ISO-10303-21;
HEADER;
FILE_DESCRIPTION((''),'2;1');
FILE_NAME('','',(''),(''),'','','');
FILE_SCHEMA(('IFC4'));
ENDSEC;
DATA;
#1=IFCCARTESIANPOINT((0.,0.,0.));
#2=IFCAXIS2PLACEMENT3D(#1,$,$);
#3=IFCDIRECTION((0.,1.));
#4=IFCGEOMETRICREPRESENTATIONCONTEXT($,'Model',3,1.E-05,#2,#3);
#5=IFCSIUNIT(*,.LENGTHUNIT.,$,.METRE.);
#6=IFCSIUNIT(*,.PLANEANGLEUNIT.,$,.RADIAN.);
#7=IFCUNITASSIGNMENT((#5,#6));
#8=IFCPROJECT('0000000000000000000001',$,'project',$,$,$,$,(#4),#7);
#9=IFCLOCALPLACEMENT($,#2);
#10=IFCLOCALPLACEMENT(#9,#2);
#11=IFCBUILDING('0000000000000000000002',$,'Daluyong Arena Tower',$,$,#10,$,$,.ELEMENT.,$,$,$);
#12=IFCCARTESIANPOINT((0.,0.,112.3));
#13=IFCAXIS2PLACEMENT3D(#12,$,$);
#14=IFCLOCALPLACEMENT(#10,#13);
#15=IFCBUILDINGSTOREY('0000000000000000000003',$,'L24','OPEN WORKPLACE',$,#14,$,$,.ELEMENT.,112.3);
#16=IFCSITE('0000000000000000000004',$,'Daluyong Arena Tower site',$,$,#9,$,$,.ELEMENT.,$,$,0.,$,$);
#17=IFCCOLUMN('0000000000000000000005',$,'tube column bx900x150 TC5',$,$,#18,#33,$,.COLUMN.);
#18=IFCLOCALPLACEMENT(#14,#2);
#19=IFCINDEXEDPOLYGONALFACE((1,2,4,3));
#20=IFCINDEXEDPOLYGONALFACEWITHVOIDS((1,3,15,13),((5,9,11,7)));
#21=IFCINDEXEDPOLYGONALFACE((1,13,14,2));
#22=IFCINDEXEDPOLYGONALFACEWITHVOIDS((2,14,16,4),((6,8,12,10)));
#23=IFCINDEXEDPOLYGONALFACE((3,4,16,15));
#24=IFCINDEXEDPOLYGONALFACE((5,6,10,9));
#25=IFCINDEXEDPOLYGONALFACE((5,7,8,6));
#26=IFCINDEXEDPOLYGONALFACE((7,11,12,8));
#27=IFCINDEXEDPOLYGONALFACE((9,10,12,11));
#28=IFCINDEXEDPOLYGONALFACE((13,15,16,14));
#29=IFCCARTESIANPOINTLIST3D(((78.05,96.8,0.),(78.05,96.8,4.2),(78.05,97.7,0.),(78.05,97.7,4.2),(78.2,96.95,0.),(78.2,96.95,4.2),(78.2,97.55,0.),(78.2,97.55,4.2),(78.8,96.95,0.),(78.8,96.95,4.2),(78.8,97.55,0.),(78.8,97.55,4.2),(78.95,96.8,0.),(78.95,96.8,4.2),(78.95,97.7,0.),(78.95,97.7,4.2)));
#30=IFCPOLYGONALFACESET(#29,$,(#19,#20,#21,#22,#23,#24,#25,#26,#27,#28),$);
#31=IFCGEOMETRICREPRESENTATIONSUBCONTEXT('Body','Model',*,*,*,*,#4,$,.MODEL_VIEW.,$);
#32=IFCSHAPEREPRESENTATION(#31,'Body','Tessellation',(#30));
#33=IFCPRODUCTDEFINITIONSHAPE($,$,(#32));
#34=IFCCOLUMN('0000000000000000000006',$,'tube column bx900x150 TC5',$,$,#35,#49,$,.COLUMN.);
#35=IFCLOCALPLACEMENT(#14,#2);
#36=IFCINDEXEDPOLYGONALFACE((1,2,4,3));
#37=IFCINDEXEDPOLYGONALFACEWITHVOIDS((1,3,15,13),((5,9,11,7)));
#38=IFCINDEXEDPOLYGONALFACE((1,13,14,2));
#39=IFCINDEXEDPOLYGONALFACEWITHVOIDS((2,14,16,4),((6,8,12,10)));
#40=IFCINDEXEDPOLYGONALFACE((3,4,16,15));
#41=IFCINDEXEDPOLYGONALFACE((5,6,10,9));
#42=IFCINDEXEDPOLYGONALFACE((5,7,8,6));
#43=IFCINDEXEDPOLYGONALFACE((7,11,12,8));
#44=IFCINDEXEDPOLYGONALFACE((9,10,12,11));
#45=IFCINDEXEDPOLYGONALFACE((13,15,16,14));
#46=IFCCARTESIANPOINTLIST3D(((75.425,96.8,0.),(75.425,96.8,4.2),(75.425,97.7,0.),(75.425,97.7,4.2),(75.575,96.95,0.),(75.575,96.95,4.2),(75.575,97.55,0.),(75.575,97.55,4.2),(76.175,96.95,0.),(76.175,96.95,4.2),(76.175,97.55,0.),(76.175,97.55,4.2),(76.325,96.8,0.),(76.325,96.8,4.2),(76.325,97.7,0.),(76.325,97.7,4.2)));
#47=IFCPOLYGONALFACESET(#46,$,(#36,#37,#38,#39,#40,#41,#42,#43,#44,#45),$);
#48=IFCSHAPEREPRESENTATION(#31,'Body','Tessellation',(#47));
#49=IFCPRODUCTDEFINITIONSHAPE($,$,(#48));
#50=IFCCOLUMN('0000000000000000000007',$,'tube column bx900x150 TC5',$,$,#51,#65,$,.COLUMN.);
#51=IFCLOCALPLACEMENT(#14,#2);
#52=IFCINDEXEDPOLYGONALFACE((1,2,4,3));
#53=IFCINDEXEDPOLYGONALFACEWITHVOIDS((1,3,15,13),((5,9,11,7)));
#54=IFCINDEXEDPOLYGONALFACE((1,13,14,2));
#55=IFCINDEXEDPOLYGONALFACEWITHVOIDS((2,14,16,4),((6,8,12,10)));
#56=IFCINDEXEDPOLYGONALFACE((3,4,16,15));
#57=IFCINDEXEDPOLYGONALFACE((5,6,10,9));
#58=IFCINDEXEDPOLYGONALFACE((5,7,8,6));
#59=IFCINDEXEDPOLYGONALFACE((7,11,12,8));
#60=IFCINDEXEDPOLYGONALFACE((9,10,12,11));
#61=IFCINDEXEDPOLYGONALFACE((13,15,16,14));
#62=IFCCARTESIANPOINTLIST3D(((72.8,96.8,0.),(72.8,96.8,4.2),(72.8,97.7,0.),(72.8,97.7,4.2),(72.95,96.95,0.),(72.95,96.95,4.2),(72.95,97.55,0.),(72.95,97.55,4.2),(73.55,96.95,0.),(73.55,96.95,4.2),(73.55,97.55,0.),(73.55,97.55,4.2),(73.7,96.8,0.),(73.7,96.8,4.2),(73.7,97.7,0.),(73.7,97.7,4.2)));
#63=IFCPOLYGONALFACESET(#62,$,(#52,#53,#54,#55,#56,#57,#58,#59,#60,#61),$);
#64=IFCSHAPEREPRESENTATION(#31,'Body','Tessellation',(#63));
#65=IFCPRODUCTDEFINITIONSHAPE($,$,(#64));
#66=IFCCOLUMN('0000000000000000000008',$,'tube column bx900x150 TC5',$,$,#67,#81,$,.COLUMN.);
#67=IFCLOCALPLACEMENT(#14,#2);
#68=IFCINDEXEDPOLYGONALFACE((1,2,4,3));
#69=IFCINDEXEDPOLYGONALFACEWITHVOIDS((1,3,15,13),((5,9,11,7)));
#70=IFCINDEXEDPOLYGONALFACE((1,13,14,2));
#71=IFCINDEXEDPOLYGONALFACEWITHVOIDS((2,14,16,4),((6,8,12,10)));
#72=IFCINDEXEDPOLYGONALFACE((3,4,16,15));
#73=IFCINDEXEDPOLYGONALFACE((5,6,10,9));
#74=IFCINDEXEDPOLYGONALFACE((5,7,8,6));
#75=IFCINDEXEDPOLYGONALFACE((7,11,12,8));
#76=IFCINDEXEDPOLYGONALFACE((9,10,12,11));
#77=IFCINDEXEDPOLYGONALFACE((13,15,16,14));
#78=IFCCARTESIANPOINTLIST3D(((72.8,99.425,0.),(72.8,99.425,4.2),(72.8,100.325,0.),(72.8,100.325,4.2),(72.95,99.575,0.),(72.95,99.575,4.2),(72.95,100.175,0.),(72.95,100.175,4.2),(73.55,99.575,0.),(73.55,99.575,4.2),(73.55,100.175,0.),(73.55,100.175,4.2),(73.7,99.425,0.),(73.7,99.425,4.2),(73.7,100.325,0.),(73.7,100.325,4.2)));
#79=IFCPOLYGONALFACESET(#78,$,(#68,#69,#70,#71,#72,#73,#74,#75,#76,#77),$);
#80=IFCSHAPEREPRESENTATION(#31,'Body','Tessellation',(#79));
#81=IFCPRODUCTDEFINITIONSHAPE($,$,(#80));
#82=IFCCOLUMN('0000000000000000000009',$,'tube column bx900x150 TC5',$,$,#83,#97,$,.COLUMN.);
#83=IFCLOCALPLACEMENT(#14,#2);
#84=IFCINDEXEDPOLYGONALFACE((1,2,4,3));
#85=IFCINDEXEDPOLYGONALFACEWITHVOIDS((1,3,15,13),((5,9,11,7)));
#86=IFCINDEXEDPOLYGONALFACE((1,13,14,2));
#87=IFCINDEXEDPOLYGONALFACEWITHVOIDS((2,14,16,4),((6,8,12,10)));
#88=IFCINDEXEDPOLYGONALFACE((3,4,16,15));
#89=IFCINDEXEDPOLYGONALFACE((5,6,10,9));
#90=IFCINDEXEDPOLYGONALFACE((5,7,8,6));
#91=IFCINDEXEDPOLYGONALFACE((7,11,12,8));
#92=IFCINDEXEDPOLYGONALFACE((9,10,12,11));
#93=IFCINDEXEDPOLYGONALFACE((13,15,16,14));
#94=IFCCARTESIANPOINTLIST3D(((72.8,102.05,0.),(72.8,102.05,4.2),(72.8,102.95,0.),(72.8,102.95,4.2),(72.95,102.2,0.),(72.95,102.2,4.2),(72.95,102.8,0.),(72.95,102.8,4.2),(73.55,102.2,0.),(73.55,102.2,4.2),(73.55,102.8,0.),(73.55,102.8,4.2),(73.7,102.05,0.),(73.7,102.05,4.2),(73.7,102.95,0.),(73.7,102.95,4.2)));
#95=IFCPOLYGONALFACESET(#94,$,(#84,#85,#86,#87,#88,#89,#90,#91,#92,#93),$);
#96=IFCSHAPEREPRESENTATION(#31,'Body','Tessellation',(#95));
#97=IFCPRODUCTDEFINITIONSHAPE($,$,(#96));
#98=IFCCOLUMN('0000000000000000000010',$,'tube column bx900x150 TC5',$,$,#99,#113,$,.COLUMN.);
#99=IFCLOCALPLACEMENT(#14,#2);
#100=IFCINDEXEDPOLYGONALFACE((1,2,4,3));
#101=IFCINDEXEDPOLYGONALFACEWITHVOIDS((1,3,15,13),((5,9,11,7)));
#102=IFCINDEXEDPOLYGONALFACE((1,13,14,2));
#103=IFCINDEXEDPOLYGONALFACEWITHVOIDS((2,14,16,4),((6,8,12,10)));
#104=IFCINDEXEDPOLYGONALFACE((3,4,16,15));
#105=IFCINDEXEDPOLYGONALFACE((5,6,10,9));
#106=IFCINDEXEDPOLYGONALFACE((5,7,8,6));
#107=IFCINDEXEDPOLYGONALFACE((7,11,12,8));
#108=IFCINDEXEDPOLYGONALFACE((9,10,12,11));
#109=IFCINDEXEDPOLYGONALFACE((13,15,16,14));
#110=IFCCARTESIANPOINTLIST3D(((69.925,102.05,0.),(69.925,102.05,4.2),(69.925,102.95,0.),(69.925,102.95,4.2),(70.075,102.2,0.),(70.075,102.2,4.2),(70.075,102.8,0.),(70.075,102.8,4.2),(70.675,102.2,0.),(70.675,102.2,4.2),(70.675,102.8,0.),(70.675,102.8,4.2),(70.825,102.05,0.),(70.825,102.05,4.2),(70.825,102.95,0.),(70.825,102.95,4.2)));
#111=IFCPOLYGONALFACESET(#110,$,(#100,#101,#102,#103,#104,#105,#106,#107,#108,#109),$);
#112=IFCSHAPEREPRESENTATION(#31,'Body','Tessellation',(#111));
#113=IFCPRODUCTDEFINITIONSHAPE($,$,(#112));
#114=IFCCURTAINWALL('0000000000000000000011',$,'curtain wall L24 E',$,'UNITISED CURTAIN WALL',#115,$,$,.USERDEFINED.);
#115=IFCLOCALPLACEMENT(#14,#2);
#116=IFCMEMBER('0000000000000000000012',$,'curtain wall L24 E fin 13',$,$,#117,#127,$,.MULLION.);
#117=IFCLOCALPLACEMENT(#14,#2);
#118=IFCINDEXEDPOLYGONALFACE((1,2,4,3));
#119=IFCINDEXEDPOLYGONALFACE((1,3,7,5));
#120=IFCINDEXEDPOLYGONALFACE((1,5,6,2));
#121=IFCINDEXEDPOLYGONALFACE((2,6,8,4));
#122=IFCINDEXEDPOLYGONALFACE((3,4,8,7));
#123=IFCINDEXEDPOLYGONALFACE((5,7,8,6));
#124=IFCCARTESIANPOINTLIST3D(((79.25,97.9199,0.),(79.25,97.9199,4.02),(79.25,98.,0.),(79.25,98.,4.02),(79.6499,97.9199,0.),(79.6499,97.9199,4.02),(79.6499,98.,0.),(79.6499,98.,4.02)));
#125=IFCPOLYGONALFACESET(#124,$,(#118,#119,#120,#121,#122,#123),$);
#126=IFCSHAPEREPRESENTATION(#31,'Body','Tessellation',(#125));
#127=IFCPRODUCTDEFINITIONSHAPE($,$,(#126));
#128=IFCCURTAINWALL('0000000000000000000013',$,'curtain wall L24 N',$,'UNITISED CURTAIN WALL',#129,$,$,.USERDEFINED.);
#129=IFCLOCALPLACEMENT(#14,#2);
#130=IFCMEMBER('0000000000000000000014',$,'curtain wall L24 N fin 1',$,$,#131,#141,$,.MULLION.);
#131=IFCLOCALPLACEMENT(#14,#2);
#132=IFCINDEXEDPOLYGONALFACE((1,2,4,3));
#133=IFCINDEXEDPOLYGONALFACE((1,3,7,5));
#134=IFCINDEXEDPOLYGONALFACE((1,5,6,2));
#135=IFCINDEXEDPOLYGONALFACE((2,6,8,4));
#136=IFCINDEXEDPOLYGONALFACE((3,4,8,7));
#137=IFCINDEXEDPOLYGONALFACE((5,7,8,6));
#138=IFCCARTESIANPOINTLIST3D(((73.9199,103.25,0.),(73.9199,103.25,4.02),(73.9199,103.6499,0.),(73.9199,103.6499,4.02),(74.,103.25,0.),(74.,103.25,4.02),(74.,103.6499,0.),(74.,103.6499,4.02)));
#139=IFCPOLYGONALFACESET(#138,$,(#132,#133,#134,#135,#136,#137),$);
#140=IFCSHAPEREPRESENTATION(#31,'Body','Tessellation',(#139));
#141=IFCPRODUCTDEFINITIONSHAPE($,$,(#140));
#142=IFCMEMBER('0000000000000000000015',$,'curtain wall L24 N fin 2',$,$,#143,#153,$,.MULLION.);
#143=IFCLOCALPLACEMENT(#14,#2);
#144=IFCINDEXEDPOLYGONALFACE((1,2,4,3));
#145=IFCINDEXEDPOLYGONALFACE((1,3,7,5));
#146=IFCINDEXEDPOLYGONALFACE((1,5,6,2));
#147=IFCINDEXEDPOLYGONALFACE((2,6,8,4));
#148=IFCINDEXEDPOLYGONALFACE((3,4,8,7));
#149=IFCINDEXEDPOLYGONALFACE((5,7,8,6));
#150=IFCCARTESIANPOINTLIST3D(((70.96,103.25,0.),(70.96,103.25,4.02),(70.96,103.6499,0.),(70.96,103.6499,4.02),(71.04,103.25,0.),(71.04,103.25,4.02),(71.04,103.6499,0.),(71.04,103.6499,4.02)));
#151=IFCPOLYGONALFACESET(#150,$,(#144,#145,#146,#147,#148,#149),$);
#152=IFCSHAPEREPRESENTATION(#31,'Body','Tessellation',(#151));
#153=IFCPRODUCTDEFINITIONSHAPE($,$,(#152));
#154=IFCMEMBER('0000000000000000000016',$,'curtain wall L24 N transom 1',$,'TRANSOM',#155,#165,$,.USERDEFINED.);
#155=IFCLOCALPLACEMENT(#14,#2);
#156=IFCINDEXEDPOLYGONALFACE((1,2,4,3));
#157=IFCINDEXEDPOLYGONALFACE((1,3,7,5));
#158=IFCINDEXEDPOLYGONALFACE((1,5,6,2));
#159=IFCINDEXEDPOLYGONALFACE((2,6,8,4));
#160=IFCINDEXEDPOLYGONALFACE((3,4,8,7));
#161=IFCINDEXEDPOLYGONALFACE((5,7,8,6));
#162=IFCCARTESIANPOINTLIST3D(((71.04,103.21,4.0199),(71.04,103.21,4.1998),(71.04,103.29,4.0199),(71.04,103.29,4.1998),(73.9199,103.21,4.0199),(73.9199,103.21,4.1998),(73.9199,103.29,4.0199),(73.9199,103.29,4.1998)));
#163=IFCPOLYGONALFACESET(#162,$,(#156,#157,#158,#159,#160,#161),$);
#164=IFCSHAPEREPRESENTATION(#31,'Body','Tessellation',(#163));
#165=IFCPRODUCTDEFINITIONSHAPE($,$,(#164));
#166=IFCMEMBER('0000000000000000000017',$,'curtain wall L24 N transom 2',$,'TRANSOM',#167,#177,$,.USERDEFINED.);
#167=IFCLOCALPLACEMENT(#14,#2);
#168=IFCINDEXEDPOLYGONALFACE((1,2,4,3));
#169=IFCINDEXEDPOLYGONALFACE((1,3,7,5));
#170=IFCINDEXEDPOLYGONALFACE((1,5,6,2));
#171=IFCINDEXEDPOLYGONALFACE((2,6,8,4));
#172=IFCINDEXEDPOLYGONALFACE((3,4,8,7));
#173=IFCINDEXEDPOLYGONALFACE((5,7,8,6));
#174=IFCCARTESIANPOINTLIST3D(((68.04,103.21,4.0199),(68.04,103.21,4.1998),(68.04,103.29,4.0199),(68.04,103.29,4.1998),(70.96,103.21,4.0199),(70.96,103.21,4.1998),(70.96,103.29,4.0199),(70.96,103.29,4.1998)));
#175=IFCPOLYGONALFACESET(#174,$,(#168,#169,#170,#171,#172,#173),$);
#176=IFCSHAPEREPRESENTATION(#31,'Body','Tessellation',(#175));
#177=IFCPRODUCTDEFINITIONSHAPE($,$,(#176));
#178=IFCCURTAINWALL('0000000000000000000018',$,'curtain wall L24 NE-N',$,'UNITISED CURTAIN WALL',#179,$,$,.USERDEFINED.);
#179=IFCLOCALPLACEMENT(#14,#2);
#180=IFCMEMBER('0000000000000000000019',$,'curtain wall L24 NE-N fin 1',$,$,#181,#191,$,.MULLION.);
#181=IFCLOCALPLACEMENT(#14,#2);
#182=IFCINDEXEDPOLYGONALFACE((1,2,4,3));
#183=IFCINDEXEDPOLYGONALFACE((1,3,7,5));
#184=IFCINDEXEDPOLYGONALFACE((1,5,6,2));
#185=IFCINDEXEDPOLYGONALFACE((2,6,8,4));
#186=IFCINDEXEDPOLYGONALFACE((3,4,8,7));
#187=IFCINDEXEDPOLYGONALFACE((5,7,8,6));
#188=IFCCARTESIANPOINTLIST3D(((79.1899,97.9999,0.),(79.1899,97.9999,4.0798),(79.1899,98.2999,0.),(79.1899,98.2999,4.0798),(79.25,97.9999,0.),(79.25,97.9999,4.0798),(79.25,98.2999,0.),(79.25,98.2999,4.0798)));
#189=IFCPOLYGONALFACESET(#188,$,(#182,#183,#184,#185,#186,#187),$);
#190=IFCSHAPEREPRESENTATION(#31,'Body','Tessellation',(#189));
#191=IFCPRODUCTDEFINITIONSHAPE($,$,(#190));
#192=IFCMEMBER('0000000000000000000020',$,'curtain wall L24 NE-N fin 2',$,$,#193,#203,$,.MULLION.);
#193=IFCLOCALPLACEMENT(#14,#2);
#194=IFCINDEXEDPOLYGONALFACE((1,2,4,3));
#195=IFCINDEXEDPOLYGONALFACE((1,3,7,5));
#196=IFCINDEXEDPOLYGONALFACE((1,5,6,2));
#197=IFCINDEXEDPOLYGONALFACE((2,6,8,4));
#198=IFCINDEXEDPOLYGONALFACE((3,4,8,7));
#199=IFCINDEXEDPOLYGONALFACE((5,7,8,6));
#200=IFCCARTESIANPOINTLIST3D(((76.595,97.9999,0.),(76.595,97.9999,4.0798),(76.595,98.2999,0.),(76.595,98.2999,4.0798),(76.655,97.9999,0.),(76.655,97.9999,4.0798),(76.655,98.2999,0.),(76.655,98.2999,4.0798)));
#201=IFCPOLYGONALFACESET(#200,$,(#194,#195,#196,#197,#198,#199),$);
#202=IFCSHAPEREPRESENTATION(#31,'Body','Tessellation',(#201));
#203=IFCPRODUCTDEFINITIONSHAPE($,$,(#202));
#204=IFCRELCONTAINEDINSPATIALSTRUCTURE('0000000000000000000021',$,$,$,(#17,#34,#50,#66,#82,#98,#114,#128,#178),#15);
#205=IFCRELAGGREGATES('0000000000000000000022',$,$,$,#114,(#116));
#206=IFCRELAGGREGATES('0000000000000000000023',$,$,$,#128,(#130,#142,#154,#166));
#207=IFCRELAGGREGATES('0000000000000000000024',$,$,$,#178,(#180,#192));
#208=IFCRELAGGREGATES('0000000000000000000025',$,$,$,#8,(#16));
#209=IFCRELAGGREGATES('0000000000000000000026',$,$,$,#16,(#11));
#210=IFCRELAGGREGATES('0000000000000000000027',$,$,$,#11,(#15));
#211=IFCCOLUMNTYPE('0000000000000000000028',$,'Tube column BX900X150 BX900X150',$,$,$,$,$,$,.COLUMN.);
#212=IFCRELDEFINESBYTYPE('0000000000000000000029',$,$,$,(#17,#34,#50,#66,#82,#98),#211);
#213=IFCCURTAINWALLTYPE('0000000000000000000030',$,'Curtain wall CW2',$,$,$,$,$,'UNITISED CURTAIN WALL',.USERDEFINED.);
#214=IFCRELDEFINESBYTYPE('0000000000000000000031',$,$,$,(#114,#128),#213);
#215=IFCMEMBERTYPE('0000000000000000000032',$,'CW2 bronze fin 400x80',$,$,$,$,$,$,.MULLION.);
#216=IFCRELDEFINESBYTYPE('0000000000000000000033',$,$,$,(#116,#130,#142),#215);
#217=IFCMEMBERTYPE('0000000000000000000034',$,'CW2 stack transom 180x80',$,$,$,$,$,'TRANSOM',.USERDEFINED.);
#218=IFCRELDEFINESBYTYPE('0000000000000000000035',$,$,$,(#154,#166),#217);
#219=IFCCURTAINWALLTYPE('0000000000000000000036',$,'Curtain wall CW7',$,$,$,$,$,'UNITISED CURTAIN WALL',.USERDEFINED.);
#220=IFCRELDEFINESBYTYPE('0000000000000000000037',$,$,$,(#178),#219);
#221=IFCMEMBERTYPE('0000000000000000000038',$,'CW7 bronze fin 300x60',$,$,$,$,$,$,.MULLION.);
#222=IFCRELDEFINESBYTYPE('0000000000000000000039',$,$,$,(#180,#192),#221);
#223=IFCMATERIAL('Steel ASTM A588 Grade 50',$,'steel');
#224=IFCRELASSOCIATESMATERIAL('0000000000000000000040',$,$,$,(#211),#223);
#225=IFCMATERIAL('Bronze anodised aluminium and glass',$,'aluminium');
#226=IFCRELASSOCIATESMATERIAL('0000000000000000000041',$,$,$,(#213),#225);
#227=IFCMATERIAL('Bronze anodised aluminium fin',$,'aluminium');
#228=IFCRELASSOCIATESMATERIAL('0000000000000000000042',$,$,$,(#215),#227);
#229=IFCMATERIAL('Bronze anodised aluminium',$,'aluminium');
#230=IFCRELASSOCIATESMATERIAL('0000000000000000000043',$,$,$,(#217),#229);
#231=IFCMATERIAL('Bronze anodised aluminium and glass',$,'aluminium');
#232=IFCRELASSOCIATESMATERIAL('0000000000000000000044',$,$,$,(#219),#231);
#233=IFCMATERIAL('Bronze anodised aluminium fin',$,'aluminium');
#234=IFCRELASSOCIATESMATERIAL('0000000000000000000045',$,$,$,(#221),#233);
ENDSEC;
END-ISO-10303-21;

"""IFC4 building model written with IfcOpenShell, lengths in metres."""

from ifc_helpers import new_model, si_unit, direction, frame, origin, origin_2d, place, context, subcontext, project, spatial, rectangle, hollow_rectangle, extrude, material, material_profile, profile_set, type_object, element, aggregate, save


model = new_model("IFC4")

# Units and contexts
model_context = context("Model", 3, precision=1e-05, world=origin(), true_north=direction((0.0, 1.0)))
body_context = subcontext(model_context, "Body", "Model", "MODEL_VIEW")
ifc_project = project(units=[si_unit("LENGTHUNIT", "METRE"), si_unit("PLANEANGLEUNIT", "RADIAN")], contexts=[model_context])

# Site, building, storey
site_placement = place(None, origin())
site = spatial("IfcSite", under=ifc_project, at=site_placement, Name="Daluyong Arena Tower site", CompositionType="ELEMENT", RefElevation=0.0)
building_placement = place(site_placement, origin())
building = spatial("IfcBuilding", under=site, at=building_placement, Name="Daluyong Arena Tower", CompositionType="ELEMENT")
storey_placement = place(building_placement, frame((0.0, 0.0, 112.3)))
storey = spatial("IfcBuildingStorey", under=building, at=storey_placement, Name="L24", Description="OPEN WORKPLACE", CompositionType="ELEMENT", Elevation=112.3)

# Columns
ifc_material_1 = material(Name="Steel ASTM A588 Grade 50", Category="steel")
ifc_material_profile_1 = material_profile(ifc_material_1, hollow_rectangle(XDim=0.8999, YDim=0.8999, WallThickness=0.15, at=origin_2d()))
ifc_profile_set_1 = profile_set([ifc_material_profile_1], Name="Steel ASTM A588 Grade 50")
column_type = type_object("IfcColumnType", Name="Tube column BX900X150 BX900X150", PredefinedType="COLUMN", material=ifc_profile_set_1)
for number, where, z_axis, x_axis, name in (
    (1, (78.5, 97.25, 0.0), (0.0, 0.0, 1.0), (1.0, 0.0, 0.0), "tube column bx900x150 TC5"),
    (2, (75.875, 97.25, 0.0), (0.0, 0.0, 1.0), (1.0, 0.0, 0.0), "tube column bx900x150 TC5"),
    (3, (73.25, 97.25, 0.0), (0.0, 0.0, 1.0), (0.0, 1.0, 0.0), "tube column bx900x150 TC5"),
    (4, (73.25, 99.875, 0.0), (0.0, 0.0, 1.0), (0.0, 1.0, 0.0), "tube column bx900x150 TC5"),
    (5, (73.25, 102.5, 0.0), (0.0, 0.0, 1.0), (1.0, 0.0, 0.0), "tube column bx900x150 TC5"),
    (6, (70.375, 102.5, 0.0), (0.0, 0.0, 1.0), (1.0, 0.0, 0.0), "tube column bx900x150 TC5"),
):
    element("IfcColumn", number, at=place(storey_placement, frame(where, z_axis=z_axis, x_axis=x_axis)), inside=storey, type_object=column_type, Name=name, PredefinedType="COLUMN", context=body_context, shape_type="SweptSolid", body=[
        extrude(hollow_rectangle(XDim=0.8999, YDim=0.8999, WallThickness=0.15, at=origin_2d()), origin(), (0.0, 0.0, 1.0), 4.2),
    ])

# Curtain wall, member
ifc_material_2 = material(Name="Bronze anodised aluminium and glass", Category="aluminium")
curtain_wall_type_1 = type_object("IfcCurtainWallType", Name="Curtain wall CW2", ElementType="UNITISED CURTAIN WALL", PredefinedType="USERDEFINED", material=ifc_material_2)
curtain_wall_1_placement = place(storey_placement, origin())
curtain_wall_1 = element("IfcCurtainWall", 7, at=curtain_wall_1_placement, inside=storey, type_object=curtain_wall_type_1, Name="curtain wall L24 E", ObjectType="UNITISED CURTAIN WALL", PredefinedType="USERDEFINED")
ifc_material_3 = material(Name="Bronze anodised aluminium fin", Category="aluminium")
ifc_material_profile_2 = material_profile(ifc_material_3, rectangle(XDim=0.3999, YDim=0.0801, at=origin_2d()))
ifc_profile_set_2 = profile_set([ifc_material_profile_2], Name="Bronze anodised aluminium fin")
member_type_1 = type_object("IfcMemberType", Name="CW2 bronze fin 400x80", PredefinedType="MULLION", material=ifc_profile_set_2)
member_1_placement = place(storey_placement, frame((79.45, 97.96, 0.0), z_axis=(0.0, 0.0, 1.0), x_axis=(-1.0, 0.0, 0.0)))
member_1 = element("IfcMember", 8, at=member_1_placement, type_object=member_type_1, Name="curtain wall L24 E fin 13", PredefinedType="MULLION", context=body_context, shape_type="SweptSolid", body=[
    extrude(rectangle(XDim=0.3999, YDim=0.0801, at=origin_2d()), origin(), (0.0, 0.0, 1.0), 4.02),
])
aggregate(curtain_wall_1, [member_1])

# Curtain walls, members
curtain_wall_2_placement = place(storey_placement, origin())
curtain_wall_2 = element("IfcCurtainWall", 9, at=curtain_wall_2_placement, inside=storey, type_object=curtain_wall_type_1, Name="curtain wall L24 N", ObjectType="UNITISED CURTAIN WALL", PredefinedType="USERDEFINED")
member_2_placement = place(storey_placement, frame((73.96, 103.45, 0.0), z_axis=(0.0, 0.0, 1.0), x_axis=(0.0, -1.0, 0.0)))
member_2 = element("IfcMember", 10, at=member_2_placement, type_object=member_type_1, Name="curtain wall L24 N fin 1", PredefinedType="MULLION", context=body_context, shape_type="SweptSolid", body=[
    extrude(rectangle(XDim=0.3999, YDim=0.0801, at=origin_2d()), origin(), (0.0, 0.0, 1.0), 4.02),
])
member_3_placement = place(storey_placement, frame((71.0, 103.45, 0.0), z_axis=(0.0, 0.0, 1.0), x_axis=(0.0, -1.0, 0.0)))
member_3 = element("IfcMember", 11, at=member_3_placement, type_object=member_type_1, Name="curtain wall L24 N fin 2", PredefinedType="MULLION", context=body_context, shape_type="SweptSolid", body=[
    extrude(rectangle(XDim=0.3999, YDim=0.0801, at=origin_2d()), origin(), (0.0, 0.0, 1.0), 4.02),
])
ifc_material_4 = material(Name="Bronze anodised aluminium", Category="aluminium")
ifc_material_profile_3 = material_profile(ifc_material_4, rectangle(XDim=0.0801, YDim=0.1799, at=origin_2d()))
ifc_profile_set_3 = profile_set([ifc_material_profile_3], Name="Bronze anodised aluminium")
member_type_2 = type_object("IfcMemberType", Name="CW2 stack transom 180x80", ElementType="TRANSOM", PredefinedType="USERDEFINED", material=ifc_profile_set_3)
member_4_placement = place(storey_placement, frame((73.9199, 103.25, 4.1099), z_axis=(-1.0, 0.0, 0.0), x_axis=(0.0, -1.0, 0.0)))
member_4 = element("IfcMember", 12, at=member_4_placement, type_object=member_type_2, Name="curtain wall L24 N transom 1", ObjectType="TRANSOM", PredefinedType="USERDEFINED", context=body_context, shape_type="SweptSolid", body=[
    extrude(rectangle(XDim=0.0801, YDim=0.1799, at=origin_2d()), origin(), (0.0, 0.0, 1.0), 2.8799),
])
member_5_placement = place(storey_placement, frame((70.96, 103.25, 4.1099), z_axis=(-1.0, 0.0, 0.0), x_axis=(0.0, -1.0, 0.0)))
member_5 = element("IfcMember", 13, at=member_5_placement, type_object=member_type_2, Name="curtain wall L24 N transom 2", ObjectType="TRANSOM", PredefinedType="USERDEFINED", context=body_context, shape_type="SweptSolid", body=[
    extrude(rectangle(XDim=0.0801, YDim=0.1799, at=origin_2d()), origin(), (0.0, 0.0, 1.0), 2.9199),
])
ifc_material_5 = material(Name="Bronze anodised aluminium and glass", Category="aluminium")
curtain_wall_type_2 = type_object("IfcCurtainWallType", Name="Curtain wall CW7", ElementType="UNITISED CURTAIN WALL", PredefinedType="USERDEFINED", material=ifc_material_5)
curtain_wall_3_placement = place(storey_placement, origin())
curtain_wall_3 = element("IfcCurtainWall", 14, at=curtain_wall_3_placement, inside=storey, type_object=curtain_wall_type_2, Name="curtain wall L24 NE-N", ObjectType="UNITISED CURTAIN WALL", PredefinedType="USERDEFINED")
ifc_material_6 = material(Name="Bronze anodised aluminium fin", Category="aluminium")
ifc_material_profile_4 = material_profile(ifc_material_6, rectangle(XDim=0.3, YDim=0.0601, at=origin_2d()))
ifc_profile_set_4 = profile_set([ifc_material_profile_4], Name="Bronze anodised aluminium fin")
member_type_3 = type_object("IfcMemberType", Name="CW7 bronze fin 300x60", PredefinedType="MULLION", material=ifc_profile_set_4)
member_6_placement = place(storey_placement, frame((79.22, 98.1499, 0.0), z_axis=(0.0, 0.0, 1.0), x_axis=(0.0, -1.0, 0.0)))
member_6 = element("IfcMember", 15, at=member_6_placement, type_object=member_type_3, Name="curtain wall L24 NE-N fin 1", PredefinedType="MULLION", context=body_context, shape_type="SweptSolid", body=[
    extrude(rectangle(XDim=0.3, YDim=0.0601, at=origin_2d()), origin(), (0.0, 0.0, 1.0), 4.0798),
])
member_7_placement = place(storey_placement, frame((76.625, 98.1499, 0.0), z_axis=(0.0, 0.0, 1.0), x_axis=(0.0, -1.0, 0.0)))
member_7 = element("IfcMember", 16, at=member_7_placement, type_object=member_type_3, Name="curtain wall L24 NE-N fin 2", PredefinedType="MULLION", context=body_context, shape_type="SweptSolid", body=[
    extrude(rectangle(XDim=0.3, YDim=0.0601, at=origin_2d()), origin(), (0.0, 0.0, 1.0), 4.0798),
])

aggregate(curtain_wall_2, [member_2, member_3, member_4, member_5])
aggregate(curtain_wall_3, [member_6, member_7])

save(model, "model.ifc")
